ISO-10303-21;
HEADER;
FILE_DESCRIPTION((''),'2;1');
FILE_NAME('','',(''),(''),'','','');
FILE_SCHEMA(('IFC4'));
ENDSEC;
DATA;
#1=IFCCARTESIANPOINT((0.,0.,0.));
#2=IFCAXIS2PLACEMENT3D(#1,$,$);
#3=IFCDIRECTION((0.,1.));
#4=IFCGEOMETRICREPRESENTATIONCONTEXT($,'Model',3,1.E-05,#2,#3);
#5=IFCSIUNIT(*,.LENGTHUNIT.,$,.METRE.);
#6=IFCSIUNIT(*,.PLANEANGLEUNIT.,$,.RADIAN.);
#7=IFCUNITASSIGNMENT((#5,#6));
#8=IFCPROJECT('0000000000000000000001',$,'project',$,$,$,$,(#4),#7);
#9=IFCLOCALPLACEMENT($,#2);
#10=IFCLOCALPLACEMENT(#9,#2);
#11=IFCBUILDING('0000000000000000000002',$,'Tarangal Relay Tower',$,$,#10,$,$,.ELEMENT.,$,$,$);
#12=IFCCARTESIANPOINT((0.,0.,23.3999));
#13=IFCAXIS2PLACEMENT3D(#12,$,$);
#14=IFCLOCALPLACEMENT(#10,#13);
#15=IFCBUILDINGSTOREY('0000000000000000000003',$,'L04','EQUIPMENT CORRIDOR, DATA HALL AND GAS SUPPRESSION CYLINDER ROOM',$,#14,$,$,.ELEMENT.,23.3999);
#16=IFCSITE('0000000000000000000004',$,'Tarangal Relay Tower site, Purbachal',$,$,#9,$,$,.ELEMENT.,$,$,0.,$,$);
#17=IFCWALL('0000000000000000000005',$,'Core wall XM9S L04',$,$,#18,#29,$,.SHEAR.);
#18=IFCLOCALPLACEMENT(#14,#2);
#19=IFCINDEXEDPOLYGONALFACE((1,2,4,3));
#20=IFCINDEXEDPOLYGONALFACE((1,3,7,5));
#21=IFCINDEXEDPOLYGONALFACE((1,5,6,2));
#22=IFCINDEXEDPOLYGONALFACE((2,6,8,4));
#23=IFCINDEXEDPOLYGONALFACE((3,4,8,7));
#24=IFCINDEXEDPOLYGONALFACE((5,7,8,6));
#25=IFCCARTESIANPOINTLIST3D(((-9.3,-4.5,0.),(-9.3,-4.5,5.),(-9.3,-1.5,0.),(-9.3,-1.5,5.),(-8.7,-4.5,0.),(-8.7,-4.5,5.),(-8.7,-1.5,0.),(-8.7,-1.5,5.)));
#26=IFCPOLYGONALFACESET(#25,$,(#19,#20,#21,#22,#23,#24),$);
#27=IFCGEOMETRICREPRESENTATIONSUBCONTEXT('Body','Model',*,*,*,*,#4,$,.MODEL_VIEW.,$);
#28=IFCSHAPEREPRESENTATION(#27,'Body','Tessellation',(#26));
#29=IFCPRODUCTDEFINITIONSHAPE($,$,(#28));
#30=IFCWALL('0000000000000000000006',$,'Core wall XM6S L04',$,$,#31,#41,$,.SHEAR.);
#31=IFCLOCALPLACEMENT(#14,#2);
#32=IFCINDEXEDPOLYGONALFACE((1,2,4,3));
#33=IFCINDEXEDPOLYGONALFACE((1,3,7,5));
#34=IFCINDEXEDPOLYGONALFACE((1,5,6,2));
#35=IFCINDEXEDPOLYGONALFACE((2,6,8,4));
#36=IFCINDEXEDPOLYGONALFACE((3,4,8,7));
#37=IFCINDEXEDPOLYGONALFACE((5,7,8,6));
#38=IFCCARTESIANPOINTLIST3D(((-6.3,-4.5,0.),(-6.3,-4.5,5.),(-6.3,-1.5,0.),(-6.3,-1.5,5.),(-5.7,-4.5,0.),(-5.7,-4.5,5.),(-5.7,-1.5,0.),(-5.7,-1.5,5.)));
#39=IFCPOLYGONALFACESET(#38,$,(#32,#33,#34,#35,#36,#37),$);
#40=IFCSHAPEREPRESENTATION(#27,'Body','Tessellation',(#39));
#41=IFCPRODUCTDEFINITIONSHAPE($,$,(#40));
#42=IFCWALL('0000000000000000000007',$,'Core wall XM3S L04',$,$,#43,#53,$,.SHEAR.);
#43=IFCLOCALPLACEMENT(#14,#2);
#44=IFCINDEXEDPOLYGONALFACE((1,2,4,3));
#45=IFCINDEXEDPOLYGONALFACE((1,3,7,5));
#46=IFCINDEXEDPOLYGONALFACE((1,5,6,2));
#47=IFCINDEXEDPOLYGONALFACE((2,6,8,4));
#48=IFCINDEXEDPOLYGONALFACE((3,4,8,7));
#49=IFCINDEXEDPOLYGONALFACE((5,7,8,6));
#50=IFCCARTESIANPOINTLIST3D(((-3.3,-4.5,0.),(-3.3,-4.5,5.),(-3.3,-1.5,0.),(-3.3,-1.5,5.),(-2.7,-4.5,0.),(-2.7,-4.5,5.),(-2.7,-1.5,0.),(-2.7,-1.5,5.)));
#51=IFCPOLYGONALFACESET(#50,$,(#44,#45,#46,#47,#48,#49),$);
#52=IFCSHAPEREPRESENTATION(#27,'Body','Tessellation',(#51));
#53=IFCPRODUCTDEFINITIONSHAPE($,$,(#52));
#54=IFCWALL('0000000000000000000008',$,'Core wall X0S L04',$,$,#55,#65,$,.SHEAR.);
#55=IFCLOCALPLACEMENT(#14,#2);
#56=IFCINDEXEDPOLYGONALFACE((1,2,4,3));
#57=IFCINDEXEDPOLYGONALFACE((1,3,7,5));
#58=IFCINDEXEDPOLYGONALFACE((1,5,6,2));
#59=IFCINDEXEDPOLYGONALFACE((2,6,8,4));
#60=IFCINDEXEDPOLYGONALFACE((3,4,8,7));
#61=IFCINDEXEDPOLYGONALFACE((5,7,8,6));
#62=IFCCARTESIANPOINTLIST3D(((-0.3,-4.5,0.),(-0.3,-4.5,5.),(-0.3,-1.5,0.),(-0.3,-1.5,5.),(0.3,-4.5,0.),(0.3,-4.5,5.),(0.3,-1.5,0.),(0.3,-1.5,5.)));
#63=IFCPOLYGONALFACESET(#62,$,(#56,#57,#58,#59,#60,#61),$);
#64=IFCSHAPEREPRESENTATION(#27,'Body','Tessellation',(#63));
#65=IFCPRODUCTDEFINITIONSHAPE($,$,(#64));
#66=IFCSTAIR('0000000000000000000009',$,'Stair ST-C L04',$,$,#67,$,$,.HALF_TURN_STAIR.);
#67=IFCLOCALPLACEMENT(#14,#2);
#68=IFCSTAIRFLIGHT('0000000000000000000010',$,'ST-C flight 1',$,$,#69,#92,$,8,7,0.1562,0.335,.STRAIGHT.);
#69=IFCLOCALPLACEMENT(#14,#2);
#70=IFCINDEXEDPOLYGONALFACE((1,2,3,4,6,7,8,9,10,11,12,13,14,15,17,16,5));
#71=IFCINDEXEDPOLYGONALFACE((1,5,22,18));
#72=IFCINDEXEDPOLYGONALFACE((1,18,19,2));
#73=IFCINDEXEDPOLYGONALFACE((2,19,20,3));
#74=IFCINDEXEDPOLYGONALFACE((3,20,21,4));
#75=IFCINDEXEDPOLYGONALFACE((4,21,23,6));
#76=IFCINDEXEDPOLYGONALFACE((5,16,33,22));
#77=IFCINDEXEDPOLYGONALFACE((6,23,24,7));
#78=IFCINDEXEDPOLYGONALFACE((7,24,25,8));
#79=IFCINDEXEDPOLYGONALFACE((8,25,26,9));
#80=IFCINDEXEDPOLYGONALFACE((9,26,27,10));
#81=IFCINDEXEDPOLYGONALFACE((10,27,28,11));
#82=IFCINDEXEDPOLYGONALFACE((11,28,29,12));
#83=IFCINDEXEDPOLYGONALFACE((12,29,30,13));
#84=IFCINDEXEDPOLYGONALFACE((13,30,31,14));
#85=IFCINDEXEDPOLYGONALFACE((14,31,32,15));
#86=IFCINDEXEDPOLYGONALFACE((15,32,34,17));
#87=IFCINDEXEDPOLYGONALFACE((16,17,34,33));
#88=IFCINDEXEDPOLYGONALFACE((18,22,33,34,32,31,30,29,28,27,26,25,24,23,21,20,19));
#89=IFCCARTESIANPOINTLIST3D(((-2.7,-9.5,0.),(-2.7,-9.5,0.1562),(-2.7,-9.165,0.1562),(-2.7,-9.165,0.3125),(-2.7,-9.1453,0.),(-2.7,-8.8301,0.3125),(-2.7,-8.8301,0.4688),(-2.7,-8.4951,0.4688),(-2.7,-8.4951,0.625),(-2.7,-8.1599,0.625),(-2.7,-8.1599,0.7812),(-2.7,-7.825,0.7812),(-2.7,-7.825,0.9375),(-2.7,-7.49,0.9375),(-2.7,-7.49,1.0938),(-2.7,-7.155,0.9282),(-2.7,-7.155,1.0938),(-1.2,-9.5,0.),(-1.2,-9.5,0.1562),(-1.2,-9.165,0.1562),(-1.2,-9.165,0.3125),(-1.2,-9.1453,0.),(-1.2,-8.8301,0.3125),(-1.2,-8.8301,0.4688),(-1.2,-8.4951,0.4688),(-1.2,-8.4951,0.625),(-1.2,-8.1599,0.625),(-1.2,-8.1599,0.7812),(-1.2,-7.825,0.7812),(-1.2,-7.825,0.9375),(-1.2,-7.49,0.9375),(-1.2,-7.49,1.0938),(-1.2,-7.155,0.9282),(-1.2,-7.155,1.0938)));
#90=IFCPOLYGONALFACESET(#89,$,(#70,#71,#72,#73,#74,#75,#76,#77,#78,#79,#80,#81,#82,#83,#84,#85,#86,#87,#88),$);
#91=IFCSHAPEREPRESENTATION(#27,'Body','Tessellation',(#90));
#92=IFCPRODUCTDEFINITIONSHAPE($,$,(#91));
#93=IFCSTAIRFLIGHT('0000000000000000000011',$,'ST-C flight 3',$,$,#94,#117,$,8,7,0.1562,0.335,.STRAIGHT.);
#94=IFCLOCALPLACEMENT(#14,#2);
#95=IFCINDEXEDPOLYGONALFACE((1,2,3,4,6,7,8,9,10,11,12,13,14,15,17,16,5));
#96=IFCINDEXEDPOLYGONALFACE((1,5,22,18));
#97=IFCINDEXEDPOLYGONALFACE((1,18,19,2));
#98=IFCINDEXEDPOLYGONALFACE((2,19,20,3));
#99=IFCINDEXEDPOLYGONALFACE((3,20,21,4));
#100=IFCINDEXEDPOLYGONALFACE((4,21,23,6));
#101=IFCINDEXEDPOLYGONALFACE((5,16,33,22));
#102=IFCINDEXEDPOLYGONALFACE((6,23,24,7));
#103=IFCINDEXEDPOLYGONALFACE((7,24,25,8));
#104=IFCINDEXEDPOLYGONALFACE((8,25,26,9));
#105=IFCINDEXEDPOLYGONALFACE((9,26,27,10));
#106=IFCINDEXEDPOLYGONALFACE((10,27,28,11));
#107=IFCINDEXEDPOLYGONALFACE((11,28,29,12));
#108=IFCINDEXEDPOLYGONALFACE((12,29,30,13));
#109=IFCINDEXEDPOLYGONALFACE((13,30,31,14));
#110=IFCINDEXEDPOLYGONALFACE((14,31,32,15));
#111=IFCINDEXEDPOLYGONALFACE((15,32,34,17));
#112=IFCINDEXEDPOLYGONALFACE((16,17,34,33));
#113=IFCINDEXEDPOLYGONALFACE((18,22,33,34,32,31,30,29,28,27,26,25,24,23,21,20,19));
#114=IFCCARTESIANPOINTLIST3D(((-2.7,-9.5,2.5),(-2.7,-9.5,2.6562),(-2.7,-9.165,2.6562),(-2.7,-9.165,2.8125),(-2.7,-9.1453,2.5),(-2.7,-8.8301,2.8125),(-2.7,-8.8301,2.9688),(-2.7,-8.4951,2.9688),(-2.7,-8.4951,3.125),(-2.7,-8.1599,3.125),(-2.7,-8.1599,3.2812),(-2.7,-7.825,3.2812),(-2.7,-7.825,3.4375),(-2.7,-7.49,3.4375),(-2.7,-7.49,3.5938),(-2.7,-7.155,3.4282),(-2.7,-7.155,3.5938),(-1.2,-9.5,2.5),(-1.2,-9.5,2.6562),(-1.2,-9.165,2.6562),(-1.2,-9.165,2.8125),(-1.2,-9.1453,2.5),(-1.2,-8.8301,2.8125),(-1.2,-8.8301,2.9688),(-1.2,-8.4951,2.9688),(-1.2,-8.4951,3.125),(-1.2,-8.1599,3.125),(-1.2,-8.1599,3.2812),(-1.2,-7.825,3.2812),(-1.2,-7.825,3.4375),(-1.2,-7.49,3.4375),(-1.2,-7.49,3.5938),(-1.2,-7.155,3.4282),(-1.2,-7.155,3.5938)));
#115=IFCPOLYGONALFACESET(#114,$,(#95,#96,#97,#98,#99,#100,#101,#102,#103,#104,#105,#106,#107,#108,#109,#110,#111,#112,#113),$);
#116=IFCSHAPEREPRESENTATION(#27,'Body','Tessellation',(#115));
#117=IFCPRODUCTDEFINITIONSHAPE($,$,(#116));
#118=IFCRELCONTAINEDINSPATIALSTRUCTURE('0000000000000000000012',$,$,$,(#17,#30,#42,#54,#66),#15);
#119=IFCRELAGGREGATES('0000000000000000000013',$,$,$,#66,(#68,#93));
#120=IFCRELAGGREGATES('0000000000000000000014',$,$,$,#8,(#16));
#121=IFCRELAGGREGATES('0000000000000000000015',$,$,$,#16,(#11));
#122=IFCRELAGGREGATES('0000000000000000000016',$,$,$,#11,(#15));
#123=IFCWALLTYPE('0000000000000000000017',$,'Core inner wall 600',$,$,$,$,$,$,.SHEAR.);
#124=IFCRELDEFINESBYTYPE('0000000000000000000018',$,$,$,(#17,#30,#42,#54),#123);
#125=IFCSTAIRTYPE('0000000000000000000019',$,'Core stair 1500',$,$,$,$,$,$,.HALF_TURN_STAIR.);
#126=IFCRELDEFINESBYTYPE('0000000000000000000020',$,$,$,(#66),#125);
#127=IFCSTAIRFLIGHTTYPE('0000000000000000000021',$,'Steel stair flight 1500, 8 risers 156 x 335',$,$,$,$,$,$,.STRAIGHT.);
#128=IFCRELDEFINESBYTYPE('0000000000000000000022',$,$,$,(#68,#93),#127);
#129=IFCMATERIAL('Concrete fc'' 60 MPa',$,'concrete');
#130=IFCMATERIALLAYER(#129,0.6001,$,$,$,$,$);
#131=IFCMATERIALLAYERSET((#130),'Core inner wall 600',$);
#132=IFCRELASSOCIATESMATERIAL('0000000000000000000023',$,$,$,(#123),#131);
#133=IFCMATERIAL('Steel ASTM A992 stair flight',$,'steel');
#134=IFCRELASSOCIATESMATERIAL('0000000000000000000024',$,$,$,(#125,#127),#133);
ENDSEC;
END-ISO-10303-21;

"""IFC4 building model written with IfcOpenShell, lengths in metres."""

from ifc_helpers import new_model, si_unit, direction, frame, frame_2d, origin, place, context, subcontext, project, spatial, polyline, rectangle, outline, extrude, material, layer, layer_set, type_object, element, aggregate, save


model = new_model("IFC4")

# Units and contexts
model_context = context("Model", 3, precision=1e-05, world=origin(), true_north=direction((0.0, 1.0)))
body_context = subcontext(model_context, "Body", "Model", "MODEL_VIEW")
ifc_project = project(units=[si_unit("LENGTHUNIT", "METRE"), si_unit("PLANEANGLEUNIT", "RADIAN")], contexts=[model_context])

# Site, building, storey
site_placement = place(None, origin())
site = spatial("IfcSite", under=ifc_project, at=site_placement, Name="Tarangal Relay Tower site, Purbachal", CompositionType="ELEMENT", RefElevation=0.0)
building_placement = place(site_placement, origin())
building = spatial("IfcBuilding", under=site, at=building_placement, Name="Tarangal Relay Tower", CompositionType="ELEMENT")
storey_placement = place(building_placement, frame((0.0, 0.0, 23.3999)))
storey = spatial("IfcBuildingStorey", under=building, at=storey_placement, Name="L04", Description="EQUIPMENT CORRIDOR, DATA HALL AND GAS SUPPRESSION CYLINDER ROOM", CompositionType="ELEMENT", Elevation=23.3999)

# Shared definitions
ifc_material_1 = material(Name="Concrete fc' 60 MPa", Category="concrete")
ifc_layer_1 = layer(ifc_material_1, 0.6001)
ifc_layer_set_1 = layer_set([ifc_layer_1], Name="Core inner wall 600")
wall_type = type_object("IfcWallType", Name="Core inner wall 600", PredefinedType="SHEAR", material=ifc_layer_set_1)

# Walls
for number, where, z_axis, x_axis, name in (
    (1, (-9.0, -4.5, 0.0), (0.0, 0.0, 1.0), (0.0, 1.0, 0.0), "Core wall XM9S L04"),
    (2, (-6.0, -4.5, 0.0), (0.0, 0.0, 1.0), (0.0, 1.0, 0.0), "Core wall XM6S L04"),
    (3, (-3.0, -4.5, 0.0), (0.0, 0.0, 1.0), (0.0, 1.0, 0.0), "Core wall XM3S L04"),
    (4, (0.0, -4.5, 0.0), (0.0, 0.0, 1.0), (0.0, 1.0, 0.0), "Core wall X0S L04"),
):
    element("IfcWall", number, at=place(storey_placement, frame(where, z_axis=z_axis, x_axis=x_axis)), inside=storey, type_object=wall_type, Name=name, PredefinedType="SHEAR", context=body_context, shape_type="SweptSolid", body=[
        extrude(rectangle(XDim=3.0, YDim=0.6001, at=frame_2d((1.5, 0.0))), origin(), (0.0, 0.0, 1.0), 5.0),
    ])

# Stair, stair flights
ifc_material_2 = material(Name="Steel ASTM A992 stair flight", Category="steel")
stair_type = type_object("IfcStairType", Name="Core stair 1500", PredefinedType="HALF_TURN_STAIR", material=ifc_material_2)
stair_placement = place(storey_placement, origin())
stair = element("IfcStair", 5, at=stair_placement, inside=storey, type_object=stair_type, Name="Stair ST-C L04", PredefinedType="HALF_TURN_STAIR")
stair_flight_type = type_object("IfcStairFlightType", Name="Steel stair flight 1500, 8 risers 156 x 335", PredefinedType="STRAIGHT", material=ifc_material_2)
stair_flight_1_placement = place(storey_placement, frame((-1.95, -9.5, 0.0), z_axis=(0.0, 0.0, 1.0), x_axis=(0.0, 1.0, 0.0)))
stair_flight_1 = element("IfcStairFlight", 6, at=stair_flight_1_placement, type_object=stair_flight_type, Name="ST-C flight 1", NumberOfRisers=8, NumberOfTreads=7, PredefinedType="STRAIGHT", RiserHeight=0.1562, TreadLength=0.335, context=body_context, shape_type="SweptSolid", body=[
    extrude(outline(polyline([(0.0, 0.0), (0.0, 0.1562), (0.335, 0.1562), (0.335, 0.3125), (0.6699, 0.3125), (0.6699, 0.4688), (1.0049, 0.4688), (1.0049, 0.625), (1.3401, 0.625), (1.3401, 0.7812), (1.675, 0.7812), (1.675, 0.9375), (2.01, 0.9375), (2.01, 1.0938), (2.345, 1.0938), (2.345, 1.25), (2.345, 0.9282), (0.3547, 0.0), (0.0, 0.0)])), frame((0.0, 0.75, 0.0), z_axis=(0.0, -1.0, 0.0), x_axis=(1.0, 0.0, 0.0)), (0.0, 0.0, 1.0), 1.5),
])
stair_flight_2_placement = place(storey_placement, frame((-1.95, -9.5, 2.5), z_axis=(0.0, 0.0, 1.0), x_axis=(0.0, 1.0, 0.0)))
stair_flight_2 = element("IfcStairFlight", 7, at=stair_flight_2_placement, type_object=stair_flight_type, Name="ST-C flight 3", NumberOfRisers=8, NumberOfTreads=7, PredefinedType="STRAIGHT", RiserHeight=0.1562, TreadLength=0.335, context=body_context, shape_type="SweptSolid", body=[
    extrude(outline(polyline([(0.0, 0.0), (0.0, 0.1562), (0.335, 0.1562), (0.335, 0.3125), (0.6699, 0.3125), (0.6699, 0.4688), (1.0049, 0.4688), (1.0049, 0.625), (1.3401, 0.625), (1.3401, 0.7812), (1.675, 0.7812), (1.675, 0.9375), (2.01, 0.9375), (2.01, 1.0938), (2.345, 1.0938), (2.345, 1.25), (2.345, 0.9282), (0.3547, 0.0), (0.0, 0.0)])), frame((0.0, 0.75, 0.0), z_axis=(0.0, -1.0, 0.0), x_axis=(1.0, 0.0, 0.0)), (0.0, 0.0, 1.0), 1.5),
])
aggregate(stair, [stair_flight_1, stair_flight_2])

save(model, "model.ifc")
